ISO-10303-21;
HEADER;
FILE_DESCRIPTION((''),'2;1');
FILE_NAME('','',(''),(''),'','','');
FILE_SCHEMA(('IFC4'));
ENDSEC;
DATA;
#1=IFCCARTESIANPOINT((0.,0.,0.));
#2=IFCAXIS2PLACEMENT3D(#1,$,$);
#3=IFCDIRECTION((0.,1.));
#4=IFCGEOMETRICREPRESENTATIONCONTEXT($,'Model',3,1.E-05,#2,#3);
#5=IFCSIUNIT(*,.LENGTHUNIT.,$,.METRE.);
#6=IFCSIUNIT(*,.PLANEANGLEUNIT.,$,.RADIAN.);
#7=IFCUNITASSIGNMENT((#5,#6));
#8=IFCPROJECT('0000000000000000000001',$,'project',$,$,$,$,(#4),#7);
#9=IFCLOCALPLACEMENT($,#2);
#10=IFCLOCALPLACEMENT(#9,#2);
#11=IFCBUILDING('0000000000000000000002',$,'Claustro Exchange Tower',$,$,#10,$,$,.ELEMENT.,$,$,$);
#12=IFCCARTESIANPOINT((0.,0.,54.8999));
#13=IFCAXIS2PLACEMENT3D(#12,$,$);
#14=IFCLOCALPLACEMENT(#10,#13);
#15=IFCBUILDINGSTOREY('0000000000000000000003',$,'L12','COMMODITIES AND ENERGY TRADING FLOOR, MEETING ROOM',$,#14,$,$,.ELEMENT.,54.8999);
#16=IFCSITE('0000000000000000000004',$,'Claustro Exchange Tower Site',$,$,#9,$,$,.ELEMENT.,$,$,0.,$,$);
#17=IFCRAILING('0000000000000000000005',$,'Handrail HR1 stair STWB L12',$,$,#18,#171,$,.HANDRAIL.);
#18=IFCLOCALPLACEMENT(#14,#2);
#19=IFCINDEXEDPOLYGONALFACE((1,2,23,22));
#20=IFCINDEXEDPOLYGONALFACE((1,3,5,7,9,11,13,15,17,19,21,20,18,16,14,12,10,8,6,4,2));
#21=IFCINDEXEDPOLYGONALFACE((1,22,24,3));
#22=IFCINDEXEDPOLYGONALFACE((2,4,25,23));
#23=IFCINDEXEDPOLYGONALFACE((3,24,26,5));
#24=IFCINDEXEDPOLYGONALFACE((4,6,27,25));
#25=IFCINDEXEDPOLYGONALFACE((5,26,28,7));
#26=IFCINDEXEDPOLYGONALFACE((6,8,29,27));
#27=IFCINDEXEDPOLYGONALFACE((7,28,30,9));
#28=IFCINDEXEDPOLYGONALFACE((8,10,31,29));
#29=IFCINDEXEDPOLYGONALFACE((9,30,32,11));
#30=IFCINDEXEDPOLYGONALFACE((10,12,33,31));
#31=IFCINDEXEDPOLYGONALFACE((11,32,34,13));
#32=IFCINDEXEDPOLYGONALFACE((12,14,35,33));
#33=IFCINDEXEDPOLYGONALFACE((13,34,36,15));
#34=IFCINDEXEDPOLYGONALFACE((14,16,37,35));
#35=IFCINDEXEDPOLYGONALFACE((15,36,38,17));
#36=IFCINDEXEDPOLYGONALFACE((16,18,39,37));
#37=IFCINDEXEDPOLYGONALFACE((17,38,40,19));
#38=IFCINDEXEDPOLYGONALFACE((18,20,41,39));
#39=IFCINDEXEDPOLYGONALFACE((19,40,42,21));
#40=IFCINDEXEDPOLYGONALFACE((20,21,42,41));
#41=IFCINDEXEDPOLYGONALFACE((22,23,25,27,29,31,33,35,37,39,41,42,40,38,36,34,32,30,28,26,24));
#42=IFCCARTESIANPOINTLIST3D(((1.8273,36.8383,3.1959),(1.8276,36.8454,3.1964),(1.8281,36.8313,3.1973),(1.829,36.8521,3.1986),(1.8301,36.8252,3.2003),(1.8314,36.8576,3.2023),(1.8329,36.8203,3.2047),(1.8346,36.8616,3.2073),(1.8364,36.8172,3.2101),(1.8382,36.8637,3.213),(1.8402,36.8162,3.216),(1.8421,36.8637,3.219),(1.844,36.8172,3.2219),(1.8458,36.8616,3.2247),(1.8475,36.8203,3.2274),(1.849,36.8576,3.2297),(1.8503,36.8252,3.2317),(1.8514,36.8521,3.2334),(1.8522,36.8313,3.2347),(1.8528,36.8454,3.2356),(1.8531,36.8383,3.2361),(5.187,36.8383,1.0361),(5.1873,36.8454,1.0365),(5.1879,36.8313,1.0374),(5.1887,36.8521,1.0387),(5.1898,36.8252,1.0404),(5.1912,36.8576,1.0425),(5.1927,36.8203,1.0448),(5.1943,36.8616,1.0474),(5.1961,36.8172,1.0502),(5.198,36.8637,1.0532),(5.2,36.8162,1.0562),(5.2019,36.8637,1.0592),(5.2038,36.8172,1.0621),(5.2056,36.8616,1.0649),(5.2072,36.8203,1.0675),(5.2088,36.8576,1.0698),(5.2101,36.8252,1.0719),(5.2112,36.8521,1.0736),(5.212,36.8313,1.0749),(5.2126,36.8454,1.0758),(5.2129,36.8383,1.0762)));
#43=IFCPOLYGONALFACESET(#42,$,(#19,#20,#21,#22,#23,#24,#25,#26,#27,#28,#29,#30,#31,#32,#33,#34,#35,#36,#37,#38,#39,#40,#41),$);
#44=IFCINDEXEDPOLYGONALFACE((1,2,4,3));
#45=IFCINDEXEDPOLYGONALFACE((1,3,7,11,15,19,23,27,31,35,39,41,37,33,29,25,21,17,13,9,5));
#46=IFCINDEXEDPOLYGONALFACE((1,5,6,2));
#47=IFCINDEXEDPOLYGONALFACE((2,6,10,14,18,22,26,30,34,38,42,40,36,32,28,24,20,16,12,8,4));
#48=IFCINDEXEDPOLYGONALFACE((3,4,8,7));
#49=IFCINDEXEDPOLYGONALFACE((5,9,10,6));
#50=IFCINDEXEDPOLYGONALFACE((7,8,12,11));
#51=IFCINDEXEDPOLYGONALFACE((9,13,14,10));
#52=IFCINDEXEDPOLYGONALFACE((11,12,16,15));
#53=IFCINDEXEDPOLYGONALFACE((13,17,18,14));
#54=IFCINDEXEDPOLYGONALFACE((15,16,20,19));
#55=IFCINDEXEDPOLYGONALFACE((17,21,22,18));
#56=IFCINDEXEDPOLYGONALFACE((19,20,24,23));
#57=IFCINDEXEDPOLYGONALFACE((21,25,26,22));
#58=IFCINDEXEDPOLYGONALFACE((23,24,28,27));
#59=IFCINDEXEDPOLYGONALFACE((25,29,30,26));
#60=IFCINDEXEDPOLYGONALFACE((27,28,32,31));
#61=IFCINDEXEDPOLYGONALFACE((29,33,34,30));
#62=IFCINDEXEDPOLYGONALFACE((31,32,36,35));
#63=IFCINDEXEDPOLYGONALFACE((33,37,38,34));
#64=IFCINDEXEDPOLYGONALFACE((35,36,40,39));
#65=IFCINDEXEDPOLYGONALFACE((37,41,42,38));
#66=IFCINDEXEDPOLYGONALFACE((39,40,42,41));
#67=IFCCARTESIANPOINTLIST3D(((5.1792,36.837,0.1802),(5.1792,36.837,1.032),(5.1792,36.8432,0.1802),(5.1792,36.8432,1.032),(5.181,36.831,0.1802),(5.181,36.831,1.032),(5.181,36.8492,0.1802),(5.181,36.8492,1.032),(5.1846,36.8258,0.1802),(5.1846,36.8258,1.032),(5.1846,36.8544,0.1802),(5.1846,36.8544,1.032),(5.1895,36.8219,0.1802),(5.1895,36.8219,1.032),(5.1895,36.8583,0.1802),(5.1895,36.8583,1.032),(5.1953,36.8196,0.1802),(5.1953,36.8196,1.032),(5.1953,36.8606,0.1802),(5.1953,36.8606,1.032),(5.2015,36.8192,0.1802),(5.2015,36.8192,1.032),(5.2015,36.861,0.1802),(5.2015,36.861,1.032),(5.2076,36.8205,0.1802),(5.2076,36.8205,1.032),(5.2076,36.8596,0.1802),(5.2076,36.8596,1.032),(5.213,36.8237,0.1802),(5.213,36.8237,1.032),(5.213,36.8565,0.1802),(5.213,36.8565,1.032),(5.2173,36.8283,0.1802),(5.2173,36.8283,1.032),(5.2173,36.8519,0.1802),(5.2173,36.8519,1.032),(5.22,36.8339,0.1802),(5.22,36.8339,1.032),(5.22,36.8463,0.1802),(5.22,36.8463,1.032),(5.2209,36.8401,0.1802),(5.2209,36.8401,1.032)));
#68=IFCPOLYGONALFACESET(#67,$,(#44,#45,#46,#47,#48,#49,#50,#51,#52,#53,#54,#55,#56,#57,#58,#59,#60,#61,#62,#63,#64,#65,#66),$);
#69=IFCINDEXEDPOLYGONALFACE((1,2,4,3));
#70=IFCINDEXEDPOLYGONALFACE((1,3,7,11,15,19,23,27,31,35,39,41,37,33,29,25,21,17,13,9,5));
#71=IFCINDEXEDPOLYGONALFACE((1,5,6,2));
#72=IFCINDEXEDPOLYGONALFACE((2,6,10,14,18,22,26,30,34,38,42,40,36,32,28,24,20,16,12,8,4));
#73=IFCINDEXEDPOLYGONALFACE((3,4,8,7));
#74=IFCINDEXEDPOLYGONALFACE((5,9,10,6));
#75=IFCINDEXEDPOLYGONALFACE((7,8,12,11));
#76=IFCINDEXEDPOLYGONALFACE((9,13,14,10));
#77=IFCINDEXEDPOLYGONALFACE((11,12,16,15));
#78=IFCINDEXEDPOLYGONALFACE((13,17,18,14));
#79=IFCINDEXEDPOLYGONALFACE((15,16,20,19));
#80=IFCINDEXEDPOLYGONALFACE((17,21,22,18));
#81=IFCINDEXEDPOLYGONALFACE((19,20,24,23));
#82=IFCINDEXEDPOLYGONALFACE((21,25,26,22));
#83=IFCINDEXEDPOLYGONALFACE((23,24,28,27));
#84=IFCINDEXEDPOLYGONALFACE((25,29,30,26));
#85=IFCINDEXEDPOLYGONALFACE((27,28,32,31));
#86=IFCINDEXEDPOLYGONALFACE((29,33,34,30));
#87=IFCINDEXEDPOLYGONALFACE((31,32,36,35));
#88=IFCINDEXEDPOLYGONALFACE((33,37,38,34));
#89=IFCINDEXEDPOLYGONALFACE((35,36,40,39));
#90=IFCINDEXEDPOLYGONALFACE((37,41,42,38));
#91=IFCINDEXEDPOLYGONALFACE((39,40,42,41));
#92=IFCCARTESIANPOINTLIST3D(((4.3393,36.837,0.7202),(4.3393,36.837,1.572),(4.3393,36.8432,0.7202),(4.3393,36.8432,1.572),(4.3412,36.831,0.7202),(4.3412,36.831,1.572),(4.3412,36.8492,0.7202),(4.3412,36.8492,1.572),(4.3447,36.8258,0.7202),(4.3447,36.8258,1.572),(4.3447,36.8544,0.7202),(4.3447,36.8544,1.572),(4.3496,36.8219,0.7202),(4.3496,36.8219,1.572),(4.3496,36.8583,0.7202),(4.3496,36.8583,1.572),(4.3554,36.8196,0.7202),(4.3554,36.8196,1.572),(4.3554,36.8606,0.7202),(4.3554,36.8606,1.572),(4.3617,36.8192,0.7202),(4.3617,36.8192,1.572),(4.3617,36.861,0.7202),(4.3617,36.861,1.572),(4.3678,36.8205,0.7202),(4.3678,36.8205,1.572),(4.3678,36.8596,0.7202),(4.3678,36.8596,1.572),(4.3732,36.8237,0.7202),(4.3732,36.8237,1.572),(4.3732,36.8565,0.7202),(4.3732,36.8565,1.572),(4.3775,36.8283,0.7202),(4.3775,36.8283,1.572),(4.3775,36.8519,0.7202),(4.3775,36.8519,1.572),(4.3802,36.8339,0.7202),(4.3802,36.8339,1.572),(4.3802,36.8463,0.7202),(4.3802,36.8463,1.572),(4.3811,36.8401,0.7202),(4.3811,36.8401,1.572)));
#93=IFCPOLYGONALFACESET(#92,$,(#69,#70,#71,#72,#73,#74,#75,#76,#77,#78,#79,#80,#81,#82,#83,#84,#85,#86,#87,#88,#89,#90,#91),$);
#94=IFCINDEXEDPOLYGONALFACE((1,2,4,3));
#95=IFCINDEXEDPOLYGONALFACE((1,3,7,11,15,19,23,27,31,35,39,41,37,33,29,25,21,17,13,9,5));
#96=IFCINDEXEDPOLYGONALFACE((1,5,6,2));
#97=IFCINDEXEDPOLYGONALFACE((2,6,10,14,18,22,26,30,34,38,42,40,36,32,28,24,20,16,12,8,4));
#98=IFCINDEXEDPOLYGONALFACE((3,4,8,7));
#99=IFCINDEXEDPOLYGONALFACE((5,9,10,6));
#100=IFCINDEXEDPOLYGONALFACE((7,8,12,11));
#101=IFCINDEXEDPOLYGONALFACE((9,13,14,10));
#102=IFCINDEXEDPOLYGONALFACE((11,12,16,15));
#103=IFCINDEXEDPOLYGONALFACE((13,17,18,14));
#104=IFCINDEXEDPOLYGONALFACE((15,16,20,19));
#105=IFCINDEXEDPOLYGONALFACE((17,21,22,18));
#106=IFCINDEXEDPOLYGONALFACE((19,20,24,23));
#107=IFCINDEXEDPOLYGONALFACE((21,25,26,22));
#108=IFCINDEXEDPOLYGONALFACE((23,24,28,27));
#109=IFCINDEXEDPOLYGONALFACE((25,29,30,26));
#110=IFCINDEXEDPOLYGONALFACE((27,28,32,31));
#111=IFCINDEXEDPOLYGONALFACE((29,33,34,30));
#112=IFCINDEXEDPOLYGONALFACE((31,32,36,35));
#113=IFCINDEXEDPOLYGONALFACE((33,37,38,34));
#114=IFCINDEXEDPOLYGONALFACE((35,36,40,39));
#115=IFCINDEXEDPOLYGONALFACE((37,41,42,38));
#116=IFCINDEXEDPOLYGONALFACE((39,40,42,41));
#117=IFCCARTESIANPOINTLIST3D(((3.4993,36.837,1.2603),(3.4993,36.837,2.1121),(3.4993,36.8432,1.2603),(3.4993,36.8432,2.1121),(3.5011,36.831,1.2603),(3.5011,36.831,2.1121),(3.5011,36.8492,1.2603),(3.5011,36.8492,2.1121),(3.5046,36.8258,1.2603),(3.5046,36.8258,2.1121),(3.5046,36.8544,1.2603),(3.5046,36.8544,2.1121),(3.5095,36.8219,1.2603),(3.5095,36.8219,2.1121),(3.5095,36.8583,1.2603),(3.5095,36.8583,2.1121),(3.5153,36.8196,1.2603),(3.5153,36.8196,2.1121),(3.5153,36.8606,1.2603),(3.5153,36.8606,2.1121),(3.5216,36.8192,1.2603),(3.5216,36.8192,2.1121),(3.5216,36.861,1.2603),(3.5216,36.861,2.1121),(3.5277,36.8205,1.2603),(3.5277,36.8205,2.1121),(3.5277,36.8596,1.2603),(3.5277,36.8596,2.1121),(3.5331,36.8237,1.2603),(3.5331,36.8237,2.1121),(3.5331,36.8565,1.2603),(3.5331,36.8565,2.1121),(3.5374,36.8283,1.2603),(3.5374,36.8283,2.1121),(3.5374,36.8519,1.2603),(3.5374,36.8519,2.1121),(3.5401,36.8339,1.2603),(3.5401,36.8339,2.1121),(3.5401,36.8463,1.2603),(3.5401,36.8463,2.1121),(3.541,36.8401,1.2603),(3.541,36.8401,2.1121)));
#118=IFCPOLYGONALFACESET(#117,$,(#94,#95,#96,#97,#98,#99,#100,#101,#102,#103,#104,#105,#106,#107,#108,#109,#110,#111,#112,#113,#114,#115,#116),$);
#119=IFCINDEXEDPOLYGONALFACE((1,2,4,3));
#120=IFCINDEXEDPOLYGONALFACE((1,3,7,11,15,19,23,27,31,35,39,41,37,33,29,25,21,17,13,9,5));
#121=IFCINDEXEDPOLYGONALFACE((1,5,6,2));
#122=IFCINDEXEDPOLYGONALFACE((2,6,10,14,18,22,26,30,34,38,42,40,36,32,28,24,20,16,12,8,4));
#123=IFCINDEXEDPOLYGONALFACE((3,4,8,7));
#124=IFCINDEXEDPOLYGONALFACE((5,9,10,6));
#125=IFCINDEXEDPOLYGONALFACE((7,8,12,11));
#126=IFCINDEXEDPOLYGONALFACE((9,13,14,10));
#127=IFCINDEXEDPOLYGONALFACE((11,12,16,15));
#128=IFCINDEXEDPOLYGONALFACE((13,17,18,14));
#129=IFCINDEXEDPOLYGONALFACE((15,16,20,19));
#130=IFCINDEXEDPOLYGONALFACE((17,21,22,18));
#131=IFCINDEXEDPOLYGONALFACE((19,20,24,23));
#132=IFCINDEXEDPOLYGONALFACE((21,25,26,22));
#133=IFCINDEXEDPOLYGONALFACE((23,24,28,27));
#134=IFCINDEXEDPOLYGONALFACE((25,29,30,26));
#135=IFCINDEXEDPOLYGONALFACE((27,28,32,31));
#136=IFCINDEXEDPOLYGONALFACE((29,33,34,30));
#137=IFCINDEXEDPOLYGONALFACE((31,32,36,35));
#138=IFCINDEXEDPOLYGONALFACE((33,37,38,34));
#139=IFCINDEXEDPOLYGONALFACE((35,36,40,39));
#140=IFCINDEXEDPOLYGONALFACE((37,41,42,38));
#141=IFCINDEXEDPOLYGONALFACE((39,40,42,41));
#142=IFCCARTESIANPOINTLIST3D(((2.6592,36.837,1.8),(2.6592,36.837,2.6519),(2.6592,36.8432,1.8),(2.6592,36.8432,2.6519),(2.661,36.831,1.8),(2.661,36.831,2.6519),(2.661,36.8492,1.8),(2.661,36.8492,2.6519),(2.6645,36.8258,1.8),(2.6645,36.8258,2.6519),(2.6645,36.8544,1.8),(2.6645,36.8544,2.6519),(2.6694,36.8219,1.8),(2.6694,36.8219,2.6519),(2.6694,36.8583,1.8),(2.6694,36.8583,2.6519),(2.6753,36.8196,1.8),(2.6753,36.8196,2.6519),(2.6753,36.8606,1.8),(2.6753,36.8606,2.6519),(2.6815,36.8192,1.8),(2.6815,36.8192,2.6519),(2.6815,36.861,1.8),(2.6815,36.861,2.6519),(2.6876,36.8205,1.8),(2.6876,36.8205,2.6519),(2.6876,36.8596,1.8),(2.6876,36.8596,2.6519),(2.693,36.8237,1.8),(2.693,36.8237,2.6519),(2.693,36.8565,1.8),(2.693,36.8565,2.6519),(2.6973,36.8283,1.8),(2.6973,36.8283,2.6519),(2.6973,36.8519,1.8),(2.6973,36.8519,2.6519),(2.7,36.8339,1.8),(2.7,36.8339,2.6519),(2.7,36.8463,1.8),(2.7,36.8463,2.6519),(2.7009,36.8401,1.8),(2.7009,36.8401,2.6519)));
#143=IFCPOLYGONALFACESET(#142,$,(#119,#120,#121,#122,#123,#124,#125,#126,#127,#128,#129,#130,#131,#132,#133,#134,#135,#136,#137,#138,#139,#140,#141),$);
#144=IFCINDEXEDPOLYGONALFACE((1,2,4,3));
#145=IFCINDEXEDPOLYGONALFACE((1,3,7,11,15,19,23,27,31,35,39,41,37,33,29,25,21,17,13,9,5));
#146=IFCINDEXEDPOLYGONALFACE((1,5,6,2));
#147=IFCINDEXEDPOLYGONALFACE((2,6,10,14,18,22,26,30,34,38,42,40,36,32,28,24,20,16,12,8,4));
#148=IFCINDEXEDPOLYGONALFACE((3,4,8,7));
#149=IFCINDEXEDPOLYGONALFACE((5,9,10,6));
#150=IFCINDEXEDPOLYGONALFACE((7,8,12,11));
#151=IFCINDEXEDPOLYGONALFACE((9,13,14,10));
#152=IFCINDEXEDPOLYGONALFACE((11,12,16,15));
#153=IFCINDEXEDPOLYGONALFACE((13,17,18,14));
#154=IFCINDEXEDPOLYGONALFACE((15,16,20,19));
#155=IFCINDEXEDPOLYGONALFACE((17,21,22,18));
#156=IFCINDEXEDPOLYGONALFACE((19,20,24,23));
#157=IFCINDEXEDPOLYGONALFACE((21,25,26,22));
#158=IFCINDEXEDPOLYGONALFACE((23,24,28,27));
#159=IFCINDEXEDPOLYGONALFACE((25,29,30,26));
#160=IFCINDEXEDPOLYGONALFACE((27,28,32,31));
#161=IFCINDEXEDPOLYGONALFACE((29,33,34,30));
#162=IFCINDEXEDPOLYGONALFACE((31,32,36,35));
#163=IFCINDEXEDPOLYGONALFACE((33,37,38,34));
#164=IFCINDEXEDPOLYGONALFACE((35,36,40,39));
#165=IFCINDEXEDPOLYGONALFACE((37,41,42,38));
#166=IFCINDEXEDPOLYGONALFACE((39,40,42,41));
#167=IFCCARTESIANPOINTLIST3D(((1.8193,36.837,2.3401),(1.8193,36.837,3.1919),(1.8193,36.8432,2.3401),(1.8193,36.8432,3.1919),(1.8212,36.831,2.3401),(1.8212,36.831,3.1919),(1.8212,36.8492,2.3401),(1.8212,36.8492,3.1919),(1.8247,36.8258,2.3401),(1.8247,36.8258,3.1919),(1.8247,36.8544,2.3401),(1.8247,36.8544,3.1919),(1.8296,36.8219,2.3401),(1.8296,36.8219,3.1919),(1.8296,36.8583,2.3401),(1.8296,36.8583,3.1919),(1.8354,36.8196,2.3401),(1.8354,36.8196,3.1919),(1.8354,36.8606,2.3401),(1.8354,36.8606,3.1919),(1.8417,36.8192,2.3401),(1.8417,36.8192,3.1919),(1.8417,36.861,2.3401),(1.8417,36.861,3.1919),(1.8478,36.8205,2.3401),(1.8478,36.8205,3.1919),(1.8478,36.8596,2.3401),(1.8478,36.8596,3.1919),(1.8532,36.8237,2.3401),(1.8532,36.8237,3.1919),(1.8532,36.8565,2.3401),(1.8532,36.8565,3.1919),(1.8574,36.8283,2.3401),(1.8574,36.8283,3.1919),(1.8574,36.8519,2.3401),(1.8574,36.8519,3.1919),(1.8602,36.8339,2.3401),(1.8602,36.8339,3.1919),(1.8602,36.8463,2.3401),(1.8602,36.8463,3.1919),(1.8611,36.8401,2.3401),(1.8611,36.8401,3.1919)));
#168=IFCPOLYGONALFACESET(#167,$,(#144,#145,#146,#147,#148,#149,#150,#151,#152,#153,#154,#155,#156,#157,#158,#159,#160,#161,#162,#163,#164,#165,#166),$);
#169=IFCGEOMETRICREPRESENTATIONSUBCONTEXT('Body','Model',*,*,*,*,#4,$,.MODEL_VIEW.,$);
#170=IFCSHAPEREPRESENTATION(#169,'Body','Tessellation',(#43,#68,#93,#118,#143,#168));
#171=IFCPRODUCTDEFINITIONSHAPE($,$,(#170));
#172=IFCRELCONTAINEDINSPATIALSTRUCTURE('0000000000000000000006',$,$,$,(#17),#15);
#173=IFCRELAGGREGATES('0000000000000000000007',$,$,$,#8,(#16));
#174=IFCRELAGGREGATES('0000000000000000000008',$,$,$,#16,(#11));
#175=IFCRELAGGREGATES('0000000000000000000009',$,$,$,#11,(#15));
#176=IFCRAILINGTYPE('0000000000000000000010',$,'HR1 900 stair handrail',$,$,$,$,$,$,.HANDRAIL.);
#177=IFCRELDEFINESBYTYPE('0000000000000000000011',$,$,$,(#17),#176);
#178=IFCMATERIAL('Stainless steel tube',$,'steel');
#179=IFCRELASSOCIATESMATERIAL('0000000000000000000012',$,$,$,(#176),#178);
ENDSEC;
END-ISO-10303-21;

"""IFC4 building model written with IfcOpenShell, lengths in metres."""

from ifc_helpers import new_model, si_unit, direction, frame, origin, origin_2d, place, context, subcontext, project, spatial, circle, extrude, material, type_object, element, save


model = new_model("IFC4")

# Units and contexts
model_context = context("Model", 3, precision=1e-05, world=origin(), true_north=direction((0.0, 1.0)))
body_context = subcontext(model_context, "Body", "Model", "MODEL_VIEW")
ifc_project = project(units=[si_unit("LENGTHUNIT", "METRE"), si_unit("PLANEANGLEUNIT", "RADIAN")], contexts=[model_context])

# Site, building, storey
site_placement = place(None, origin())
site = spatial("IfcSite", under=ifc_project, at=site_placement, Name="Claustro Exchange Tower Site", CompositionType="ELEMENT", RefElevation=0.0)
building_placement = place(site_placement, origin())
building = spatial("IfcBuilding", under=site, at=building_placement, Name="Claustro Exchange Tower", CompositionType="ELEMENT")
storey_placement = place(building_placement, frame((0.0, 0.0, 54.8999)))
storey = spatial("IfcBuildingStorey", under=building, at=storey_placement, Name="L12", Description="COMMODITIES AND ENERGY TRADING FLOOR, MEETING ROOM", CompositionType="ELEMENT", Elevation=54.8999)

# Railing
ifc_material_1 = material(Name="Stainless steel tube", Category="steel")
railing_type_1 = type_object("IfcRailingType", Name="HR1 900 stair handrail", PredefinedType="HANDRAIL", material=ifc_material_1)
railing_1_placement = place(storey_placement, frame((5.2, 36.8401, 0.1802)))
element("IfcRailing", 1, at=railing_1_placement, inside=storey, type_object=railing_type_1, Name="Handrail HR1 stair STWB L12", PredefinedType="HANDRAIL", context=body_context, shape_type="SweptSolid", body=[
    extrude(circle(Radius=0.0239, at=origin_2d()), frame((0.0, 0.0, 0.876), z_axis=(-0.841178, 0.0, 0.540758), x_axis=(0.0, -1.0, 0.0)), (0.0, 0.0, 1.0), 3.9941),
    extrude(circle(Radius=0.021, at=origin_2d()), origin(), (0.0, 0.0, 1.0), 0.8518),
    extrude(circle(Radius=0.021, at=origin_2d()), frame((-0.8398, 0.0, 0.54)), (0.0, 0.0, 1.0), 0.8518),
    extrude(circle(Radius=0.021, at=origin_2d()), frame((-1.6799, 0.0, 1.0801)), (0.0, 0.0, 1.0), 0.8518),
    extrude(circle(Radius=0.021, at=origin_2d()), frame((-2.52, 0.0, 1.6199)), (0.0, 0.0, 1.0), 0.8518),
    extrude(circle(Radius=0.021, at=origin_2d()), frame((-3.3599, 0.0, 2.1599)), (0.0, 0.0, 1.0), 0.8518),
])

save(model, "model.ifc")
